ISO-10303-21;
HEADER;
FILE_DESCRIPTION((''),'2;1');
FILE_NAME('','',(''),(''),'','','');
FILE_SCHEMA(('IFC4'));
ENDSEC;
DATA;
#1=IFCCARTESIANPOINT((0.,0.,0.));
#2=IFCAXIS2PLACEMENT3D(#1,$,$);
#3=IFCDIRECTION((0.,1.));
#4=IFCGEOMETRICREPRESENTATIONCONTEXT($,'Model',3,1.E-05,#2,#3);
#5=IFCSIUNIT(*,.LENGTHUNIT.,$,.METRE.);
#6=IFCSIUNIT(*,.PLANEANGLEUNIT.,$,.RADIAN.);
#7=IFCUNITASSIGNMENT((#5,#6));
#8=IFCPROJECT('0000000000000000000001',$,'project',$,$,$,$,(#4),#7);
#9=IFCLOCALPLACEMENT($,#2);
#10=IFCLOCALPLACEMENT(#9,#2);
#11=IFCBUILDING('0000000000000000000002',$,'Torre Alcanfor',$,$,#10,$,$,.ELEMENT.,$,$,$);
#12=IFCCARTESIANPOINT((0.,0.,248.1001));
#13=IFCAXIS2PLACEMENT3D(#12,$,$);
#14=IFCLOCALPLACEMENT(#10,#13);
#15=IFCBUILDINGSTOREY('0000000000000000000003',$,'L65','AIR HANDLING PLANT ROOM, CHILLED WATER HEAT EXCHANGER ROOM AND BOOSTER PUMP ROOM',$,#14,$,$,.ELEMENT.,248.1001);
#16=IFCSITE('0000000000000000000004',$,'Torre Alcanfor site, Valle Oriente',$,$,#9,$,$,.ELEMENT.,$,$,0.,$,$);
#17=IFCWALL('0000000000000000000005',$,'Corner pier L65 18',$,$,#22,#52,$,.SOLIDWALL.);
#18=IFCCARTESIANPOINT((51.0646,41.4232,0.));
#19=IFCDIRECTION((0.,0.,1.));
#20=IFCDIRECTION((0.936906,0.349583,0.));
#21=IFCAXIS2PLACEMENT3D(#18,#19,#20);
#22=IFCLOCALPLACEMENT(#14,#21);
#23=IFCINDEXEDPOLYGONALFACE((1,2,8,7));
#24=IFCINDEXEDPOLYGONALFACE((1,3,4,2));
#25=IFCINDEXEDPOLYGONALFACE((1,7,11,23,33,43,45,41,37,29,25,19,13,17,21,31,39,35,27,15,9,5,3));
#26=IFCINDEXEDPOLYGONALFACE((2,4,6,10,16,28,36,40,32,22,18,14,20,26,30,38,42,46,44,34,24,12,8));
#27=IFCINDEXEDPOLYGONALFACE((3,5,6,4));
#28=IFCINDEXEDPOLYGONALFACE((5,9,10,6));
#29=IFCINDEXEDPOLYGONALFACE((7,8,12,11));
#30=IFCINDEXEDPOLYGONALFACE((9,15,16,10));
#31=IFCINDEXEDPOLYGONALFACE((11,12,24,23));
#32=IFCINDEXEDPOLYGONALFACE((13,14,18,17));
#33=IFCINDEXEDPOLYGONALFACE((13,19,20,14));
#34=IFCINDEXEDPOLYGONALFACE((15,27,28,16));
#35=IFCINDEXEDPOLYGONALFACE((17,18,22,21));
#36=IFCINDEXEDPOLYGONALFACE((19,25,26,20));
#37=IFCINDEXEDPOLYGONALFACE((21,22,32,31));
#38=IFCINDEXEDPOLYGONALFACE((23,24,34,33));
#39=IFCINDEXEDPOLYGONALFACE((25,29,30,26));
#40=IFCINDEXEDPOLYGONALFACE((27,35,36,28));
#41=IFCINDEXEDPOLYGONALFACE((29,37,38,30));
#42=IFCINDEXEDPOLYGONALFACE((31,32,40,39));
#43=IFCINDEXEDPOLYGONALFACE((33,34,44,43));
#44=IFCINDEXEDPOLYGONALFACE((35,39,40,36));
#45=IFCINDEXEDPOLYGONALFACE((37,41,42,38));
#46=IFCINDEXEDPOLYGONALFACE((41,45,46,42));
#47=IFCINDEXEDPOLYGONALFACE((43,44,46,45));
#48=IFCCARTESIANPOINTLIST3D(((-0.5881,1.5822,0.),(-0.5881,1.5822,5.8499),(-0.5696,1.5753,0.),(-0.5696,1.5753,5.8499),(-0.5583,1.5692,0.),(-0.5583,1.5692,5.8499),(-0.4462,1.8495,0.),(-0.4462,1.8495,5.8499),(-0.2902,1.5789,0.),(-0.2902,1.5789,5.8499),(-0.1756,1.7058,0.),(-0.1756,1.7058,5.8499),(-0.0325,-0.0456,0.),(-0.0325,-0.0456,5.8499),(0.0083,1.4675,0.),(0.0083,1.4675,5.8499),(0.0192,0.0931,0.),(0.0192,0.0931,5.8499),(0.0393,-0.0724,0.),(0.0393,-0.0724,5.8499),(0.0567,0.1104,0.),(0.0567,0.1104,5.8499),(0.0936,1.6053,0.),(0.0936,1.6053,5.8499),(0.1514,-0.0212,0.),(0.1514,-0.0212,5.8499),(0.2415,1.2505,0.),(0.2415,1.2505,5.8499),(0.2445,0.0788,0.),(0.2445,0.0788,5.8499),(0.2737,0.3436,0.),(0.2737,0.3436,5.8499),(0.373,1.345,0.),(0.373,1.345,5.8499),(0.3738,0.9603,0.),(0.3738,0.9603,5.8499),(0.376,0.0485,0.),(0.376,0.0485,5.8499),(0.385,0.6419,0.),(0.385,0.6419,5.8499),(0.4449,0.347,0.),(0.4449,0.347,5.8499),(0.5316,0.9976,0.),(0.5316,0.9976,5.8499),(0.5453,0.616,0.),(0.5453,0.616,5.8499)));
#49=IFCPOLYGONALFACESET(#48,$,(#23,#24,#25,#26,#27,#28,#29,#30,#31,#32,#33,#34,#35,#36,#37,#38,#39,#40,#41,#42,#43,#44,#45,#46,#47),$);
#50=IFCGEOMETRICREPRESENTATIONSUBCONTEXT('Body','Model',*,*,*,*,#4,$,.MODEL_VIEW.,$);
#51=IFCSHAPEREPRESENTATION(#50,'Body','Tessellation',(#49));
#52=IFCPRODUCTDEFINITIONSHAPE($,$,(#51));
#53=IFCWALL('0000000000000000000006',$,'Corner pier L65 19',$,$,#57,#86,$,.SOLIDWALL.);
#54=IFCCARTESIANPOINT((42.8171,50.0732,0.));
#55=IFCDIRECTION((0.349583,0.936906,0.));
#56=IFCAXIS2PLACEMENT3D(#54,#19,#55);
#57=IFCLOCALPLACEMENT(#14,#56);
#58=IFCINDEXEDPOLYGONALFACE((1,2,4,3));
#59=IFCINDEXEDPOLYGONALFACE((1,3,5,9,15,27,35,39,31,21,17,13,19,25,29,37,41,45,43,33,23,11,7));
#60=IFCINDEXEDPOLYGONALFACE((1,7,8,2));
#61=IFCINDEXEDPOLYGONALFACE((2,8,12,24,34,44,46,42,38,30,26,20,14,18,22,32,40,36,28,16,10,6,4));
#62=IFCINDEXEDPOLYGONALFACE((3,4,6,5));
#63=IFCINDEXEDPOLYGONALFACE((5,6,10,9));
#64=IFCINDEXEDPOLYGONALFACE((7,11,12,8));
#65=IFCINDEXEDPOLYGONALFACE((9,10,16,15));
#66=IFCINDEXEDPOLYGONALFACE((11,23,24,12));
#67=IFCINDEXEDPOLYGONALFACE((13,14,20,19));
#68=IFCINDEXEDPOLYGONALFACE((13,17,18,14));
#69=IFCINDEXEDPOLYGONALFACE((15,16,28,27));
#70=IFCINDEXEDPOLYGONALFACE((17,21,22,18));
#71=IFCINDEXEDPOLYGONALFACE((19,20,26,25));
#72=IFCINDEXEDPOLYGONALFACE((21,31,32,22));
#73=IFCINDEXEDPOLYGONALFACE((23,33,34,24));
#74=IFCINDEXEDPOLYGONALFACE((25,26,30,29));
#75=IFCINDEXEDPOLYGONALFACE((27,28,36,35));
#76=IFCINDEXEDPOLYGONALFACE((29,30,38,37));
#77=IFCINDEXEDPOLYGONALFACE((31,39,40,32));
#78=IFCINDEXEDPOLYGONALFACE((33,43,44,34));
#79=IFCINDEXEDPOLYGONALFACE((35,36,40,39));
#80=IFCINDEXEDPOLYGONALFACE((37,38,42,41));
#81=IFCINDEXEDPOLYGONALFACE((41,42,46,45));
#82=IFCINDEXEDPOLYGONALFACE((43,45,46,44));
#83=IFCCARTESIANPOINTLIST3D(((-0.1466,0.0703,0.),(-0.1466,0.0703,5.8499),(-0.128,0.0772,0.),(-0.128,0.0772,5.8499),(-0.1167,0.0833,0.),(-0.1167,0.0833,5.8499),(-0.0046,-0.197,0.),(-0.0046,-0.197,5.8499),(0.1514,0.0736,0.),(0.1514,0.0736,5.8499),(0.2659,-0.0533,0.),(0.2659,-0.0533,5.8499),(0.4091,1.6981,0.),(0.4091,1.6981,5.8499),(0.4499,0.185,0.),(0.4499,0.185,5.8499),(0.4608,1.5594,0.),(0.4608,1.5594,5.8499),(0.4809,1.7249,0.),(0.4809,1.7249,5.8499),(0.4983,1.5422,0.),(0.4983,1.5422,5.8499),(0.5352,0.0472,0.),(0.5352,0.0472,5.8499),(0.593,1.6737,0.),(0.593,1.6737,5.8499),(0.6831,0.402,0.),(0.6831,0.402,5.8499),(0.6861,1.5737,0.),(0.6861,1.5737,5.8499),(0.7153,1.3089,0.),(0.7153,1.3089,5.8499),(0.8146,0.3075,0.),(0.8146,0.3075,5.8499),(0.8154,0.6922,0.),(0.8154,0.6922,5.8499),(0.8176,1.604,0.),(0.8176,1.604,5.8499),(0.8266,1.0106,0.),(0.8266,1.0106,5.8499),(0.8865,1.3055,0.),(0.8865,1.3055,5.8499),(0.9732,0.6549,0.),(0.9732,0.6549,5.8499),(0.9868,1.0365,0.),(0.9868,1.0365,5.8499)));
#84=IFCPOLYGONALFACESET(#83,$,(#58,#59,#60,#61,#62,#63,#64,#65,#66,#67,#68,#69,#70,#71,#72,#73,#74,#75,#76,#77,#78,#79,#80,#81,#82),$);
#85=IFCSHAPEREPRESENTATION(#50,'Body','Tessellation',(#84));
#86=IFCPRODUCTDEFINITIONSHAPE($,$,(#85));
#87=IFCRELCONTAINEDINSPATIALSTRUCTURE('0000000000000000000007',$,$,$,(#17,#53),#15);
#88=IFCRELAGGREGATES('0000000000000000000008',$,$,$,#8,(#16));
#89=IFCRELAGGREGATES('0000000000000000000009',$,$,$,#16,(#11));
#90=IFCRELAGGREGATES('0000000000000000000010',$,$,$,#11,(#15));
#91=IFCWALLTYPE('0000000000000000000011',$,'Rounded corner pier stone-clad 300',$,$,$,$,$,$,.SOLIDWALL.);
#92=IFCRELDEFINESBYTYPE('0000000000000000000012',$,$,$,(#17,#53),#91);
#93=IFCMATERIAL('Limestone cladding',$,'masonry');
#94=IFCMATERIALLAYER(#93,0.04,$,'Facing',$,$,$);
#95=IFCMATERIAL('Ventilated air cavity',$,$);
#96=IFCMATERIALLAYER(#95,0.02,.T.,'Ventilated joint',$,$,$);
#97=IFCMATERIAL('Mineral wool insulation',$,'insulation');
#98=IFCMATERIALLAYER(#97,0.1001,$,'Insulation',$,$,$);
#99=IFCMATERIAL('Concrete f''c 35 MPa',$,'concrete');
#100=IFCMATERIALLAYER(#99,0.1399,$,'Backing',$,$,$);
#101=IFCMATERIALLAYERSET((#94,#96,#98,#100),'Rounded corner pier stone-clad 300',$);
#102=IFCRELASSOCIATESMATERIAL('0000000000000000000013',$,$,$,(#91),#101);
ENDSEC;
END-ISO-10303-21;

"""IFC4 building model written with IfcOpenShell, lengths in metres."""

from ifc_helpers import new_model, si_unit, direction, frame, origin, place, context, subcontext, project, spatial, polyline, outline, extrude, material, layer, layer_set, type_object, element, save


model = new_model("IFC4")

# Units and contexts
model_context = context("Model", 3, precision=1e-05, world=origin(), true_north=direction((0.0, 1.0)))
body_context = subcontext(model_context, "Body", "Model", "MODEL_VIEW")
ifc_project = project(units=[si_unit("LENGTHUNIT", "METRE"), si_unit("PLANEANGLEUNIT", "RADIAN")], contexts=[model_context])

# Site, building, storey
site_placement = place(None, origin())
site = spatial("IfcSite", under=ifc_project, at=site_placement, Name="Torre Alcanfor site, Valle Oriente", CompositionType="ELEMENT", RefElevation=0.0)
building_placement = place(site_placement, origin())
building = spatial("IfcBuilding", under=site, at=building_placement, Name="Torre Alcanfor", CompositionType="ELEMENT")
storey_placement = place(building_placement, frame((0.0, 0.0, 248.1001)))
storey = spatial("IfcBuildingStorey", under=building, at=storey_placement, Name="L65", Description="AIR HANDLING PLANT ROOM, CHILLED WATER HEAT EXCHANGER ROOM AND BOOSTER PUMP ROOM", CompositionType="ELEMENT", Elevation=248.1001)

# Shared definitions
ifc_material_1 = material(Name="Limestone cladding", Category="masonry")
ifc_material_2 = material(Name="Ventilated air cavity")
ifc_material_3 = material(Name="Mineral wool insulation", Category="insulation")
ifc_material_4 = material(Name="Concrete f'c 35 MPa", Category="concrete")

# Walls
ifc_layer_1 = layer(ifc_material_1, 0.04, Name="Facing")
ifc_layer_2 = layer(ifc_material_2, 0.02, ventilated=True, Name="Ventilated joint")
ifc_layer_3 = layer(ifc_material_3, 0.1001, Name="Insulation")
ifc_layer_4 = layer(ifc_material_4, 0.1399, Name="Backing")
ifc_layer_set_1 = layer_set([ifc_layer_1, ifc_layer_2, ifc_layer_3, ifc_layer_4], Name="Rounded corner pier stone-clad 300")
wall_type_1 = type_object("IfcWallType", Name="Rounded corner pier stone-clad 300", PredefinedType="SOLIDWALL", material=ifc_layer_set_1)
wall_1_placement = place(storey_placement, frame((51.0646, 41.4232, 0.0), z_axis=(0.0, 0.0, 1.0), x_axis=(0.936906, 0.349583, 0.0)))
element("IfcWall", 1, at=wall_1_placement, inside=storey, type_object=wall_type_1, Name="Corner pier L65 18", PredefinedType="SOLIDWALL", context=body_context, shape_type="SweptSolid", body=[
    extrude(outline(polyline([(0.4449, 0.347), (0.5453, 0.616), (0.5316, 0.9976), (0.373, 1.345), (0.0936, 1.6053), (-0.1756, 1.7058), (-0.4462, 1.8495), (-0.5881, 1.5822), (-0.5696, 1.5753), (-0.5583, 1.5692), (-0.2902, 1.5789), (0.0083, 1.4675), (0.2415, 1.2505), (0.3738, 0.9603), (0.385, 0.6419), (0.2737, 0.3436), (0.0567, 0.1104), (0.0192, 0.0931), (-0.0325, -0.0456), (0.0393, -0.0724), (0.1514, -0.0212), (0.2445, 0.0788), (0.376, 0.0485), (0.4449, 0.347)])), origin(), (0.0, 0.0, 1.0), 5.8499),
])
wall_2_placement = place(storey_placement, frame((42.8171, 50.0732, 0.0), z_axis=(0.0, 0.0, 1.0), x_axis=(0.349583, 0.936906, 0.0)))
element("IfcWall", 2, at=wall_2_placement, inside=storey, type_object=wall_type_1, Name="Corner pier L65 19", PredefinedType="SOLIDWALL", context=body_context, shape_type="SweptSolid", body=[
    extrude(outline(polyline([(0.2659, -0.0533), (0.5352, 0.0472), (0.8146, 0.3075), (0.9732, 0.6549), (0.9868, 1.0365), (0.8865, 1.3055), (0.8176, 1.604), (0.6861, 1.5737), (0.593, 1.6737), (0.4809, 1.7249), (0.4091, 1.6981), (0.4608, 1.5594), (0.4983, 1.5422), (0.7153, 1.3089), (0.8266, 1.0106), (0.8154, 0.6922), (0.6831, 0.402), (0.4499, 0.185), (0.1514, 0.0736), (-0.1167, 0.0833), (-0.128, 0.0772), (-0.1466, 0.0703), (-0.0046, -0.197), (0.2659, -0.0533)])), origin(), (0.0, 0.0, 1.0), 5.8499),
])

save(model, "model.ifc")
